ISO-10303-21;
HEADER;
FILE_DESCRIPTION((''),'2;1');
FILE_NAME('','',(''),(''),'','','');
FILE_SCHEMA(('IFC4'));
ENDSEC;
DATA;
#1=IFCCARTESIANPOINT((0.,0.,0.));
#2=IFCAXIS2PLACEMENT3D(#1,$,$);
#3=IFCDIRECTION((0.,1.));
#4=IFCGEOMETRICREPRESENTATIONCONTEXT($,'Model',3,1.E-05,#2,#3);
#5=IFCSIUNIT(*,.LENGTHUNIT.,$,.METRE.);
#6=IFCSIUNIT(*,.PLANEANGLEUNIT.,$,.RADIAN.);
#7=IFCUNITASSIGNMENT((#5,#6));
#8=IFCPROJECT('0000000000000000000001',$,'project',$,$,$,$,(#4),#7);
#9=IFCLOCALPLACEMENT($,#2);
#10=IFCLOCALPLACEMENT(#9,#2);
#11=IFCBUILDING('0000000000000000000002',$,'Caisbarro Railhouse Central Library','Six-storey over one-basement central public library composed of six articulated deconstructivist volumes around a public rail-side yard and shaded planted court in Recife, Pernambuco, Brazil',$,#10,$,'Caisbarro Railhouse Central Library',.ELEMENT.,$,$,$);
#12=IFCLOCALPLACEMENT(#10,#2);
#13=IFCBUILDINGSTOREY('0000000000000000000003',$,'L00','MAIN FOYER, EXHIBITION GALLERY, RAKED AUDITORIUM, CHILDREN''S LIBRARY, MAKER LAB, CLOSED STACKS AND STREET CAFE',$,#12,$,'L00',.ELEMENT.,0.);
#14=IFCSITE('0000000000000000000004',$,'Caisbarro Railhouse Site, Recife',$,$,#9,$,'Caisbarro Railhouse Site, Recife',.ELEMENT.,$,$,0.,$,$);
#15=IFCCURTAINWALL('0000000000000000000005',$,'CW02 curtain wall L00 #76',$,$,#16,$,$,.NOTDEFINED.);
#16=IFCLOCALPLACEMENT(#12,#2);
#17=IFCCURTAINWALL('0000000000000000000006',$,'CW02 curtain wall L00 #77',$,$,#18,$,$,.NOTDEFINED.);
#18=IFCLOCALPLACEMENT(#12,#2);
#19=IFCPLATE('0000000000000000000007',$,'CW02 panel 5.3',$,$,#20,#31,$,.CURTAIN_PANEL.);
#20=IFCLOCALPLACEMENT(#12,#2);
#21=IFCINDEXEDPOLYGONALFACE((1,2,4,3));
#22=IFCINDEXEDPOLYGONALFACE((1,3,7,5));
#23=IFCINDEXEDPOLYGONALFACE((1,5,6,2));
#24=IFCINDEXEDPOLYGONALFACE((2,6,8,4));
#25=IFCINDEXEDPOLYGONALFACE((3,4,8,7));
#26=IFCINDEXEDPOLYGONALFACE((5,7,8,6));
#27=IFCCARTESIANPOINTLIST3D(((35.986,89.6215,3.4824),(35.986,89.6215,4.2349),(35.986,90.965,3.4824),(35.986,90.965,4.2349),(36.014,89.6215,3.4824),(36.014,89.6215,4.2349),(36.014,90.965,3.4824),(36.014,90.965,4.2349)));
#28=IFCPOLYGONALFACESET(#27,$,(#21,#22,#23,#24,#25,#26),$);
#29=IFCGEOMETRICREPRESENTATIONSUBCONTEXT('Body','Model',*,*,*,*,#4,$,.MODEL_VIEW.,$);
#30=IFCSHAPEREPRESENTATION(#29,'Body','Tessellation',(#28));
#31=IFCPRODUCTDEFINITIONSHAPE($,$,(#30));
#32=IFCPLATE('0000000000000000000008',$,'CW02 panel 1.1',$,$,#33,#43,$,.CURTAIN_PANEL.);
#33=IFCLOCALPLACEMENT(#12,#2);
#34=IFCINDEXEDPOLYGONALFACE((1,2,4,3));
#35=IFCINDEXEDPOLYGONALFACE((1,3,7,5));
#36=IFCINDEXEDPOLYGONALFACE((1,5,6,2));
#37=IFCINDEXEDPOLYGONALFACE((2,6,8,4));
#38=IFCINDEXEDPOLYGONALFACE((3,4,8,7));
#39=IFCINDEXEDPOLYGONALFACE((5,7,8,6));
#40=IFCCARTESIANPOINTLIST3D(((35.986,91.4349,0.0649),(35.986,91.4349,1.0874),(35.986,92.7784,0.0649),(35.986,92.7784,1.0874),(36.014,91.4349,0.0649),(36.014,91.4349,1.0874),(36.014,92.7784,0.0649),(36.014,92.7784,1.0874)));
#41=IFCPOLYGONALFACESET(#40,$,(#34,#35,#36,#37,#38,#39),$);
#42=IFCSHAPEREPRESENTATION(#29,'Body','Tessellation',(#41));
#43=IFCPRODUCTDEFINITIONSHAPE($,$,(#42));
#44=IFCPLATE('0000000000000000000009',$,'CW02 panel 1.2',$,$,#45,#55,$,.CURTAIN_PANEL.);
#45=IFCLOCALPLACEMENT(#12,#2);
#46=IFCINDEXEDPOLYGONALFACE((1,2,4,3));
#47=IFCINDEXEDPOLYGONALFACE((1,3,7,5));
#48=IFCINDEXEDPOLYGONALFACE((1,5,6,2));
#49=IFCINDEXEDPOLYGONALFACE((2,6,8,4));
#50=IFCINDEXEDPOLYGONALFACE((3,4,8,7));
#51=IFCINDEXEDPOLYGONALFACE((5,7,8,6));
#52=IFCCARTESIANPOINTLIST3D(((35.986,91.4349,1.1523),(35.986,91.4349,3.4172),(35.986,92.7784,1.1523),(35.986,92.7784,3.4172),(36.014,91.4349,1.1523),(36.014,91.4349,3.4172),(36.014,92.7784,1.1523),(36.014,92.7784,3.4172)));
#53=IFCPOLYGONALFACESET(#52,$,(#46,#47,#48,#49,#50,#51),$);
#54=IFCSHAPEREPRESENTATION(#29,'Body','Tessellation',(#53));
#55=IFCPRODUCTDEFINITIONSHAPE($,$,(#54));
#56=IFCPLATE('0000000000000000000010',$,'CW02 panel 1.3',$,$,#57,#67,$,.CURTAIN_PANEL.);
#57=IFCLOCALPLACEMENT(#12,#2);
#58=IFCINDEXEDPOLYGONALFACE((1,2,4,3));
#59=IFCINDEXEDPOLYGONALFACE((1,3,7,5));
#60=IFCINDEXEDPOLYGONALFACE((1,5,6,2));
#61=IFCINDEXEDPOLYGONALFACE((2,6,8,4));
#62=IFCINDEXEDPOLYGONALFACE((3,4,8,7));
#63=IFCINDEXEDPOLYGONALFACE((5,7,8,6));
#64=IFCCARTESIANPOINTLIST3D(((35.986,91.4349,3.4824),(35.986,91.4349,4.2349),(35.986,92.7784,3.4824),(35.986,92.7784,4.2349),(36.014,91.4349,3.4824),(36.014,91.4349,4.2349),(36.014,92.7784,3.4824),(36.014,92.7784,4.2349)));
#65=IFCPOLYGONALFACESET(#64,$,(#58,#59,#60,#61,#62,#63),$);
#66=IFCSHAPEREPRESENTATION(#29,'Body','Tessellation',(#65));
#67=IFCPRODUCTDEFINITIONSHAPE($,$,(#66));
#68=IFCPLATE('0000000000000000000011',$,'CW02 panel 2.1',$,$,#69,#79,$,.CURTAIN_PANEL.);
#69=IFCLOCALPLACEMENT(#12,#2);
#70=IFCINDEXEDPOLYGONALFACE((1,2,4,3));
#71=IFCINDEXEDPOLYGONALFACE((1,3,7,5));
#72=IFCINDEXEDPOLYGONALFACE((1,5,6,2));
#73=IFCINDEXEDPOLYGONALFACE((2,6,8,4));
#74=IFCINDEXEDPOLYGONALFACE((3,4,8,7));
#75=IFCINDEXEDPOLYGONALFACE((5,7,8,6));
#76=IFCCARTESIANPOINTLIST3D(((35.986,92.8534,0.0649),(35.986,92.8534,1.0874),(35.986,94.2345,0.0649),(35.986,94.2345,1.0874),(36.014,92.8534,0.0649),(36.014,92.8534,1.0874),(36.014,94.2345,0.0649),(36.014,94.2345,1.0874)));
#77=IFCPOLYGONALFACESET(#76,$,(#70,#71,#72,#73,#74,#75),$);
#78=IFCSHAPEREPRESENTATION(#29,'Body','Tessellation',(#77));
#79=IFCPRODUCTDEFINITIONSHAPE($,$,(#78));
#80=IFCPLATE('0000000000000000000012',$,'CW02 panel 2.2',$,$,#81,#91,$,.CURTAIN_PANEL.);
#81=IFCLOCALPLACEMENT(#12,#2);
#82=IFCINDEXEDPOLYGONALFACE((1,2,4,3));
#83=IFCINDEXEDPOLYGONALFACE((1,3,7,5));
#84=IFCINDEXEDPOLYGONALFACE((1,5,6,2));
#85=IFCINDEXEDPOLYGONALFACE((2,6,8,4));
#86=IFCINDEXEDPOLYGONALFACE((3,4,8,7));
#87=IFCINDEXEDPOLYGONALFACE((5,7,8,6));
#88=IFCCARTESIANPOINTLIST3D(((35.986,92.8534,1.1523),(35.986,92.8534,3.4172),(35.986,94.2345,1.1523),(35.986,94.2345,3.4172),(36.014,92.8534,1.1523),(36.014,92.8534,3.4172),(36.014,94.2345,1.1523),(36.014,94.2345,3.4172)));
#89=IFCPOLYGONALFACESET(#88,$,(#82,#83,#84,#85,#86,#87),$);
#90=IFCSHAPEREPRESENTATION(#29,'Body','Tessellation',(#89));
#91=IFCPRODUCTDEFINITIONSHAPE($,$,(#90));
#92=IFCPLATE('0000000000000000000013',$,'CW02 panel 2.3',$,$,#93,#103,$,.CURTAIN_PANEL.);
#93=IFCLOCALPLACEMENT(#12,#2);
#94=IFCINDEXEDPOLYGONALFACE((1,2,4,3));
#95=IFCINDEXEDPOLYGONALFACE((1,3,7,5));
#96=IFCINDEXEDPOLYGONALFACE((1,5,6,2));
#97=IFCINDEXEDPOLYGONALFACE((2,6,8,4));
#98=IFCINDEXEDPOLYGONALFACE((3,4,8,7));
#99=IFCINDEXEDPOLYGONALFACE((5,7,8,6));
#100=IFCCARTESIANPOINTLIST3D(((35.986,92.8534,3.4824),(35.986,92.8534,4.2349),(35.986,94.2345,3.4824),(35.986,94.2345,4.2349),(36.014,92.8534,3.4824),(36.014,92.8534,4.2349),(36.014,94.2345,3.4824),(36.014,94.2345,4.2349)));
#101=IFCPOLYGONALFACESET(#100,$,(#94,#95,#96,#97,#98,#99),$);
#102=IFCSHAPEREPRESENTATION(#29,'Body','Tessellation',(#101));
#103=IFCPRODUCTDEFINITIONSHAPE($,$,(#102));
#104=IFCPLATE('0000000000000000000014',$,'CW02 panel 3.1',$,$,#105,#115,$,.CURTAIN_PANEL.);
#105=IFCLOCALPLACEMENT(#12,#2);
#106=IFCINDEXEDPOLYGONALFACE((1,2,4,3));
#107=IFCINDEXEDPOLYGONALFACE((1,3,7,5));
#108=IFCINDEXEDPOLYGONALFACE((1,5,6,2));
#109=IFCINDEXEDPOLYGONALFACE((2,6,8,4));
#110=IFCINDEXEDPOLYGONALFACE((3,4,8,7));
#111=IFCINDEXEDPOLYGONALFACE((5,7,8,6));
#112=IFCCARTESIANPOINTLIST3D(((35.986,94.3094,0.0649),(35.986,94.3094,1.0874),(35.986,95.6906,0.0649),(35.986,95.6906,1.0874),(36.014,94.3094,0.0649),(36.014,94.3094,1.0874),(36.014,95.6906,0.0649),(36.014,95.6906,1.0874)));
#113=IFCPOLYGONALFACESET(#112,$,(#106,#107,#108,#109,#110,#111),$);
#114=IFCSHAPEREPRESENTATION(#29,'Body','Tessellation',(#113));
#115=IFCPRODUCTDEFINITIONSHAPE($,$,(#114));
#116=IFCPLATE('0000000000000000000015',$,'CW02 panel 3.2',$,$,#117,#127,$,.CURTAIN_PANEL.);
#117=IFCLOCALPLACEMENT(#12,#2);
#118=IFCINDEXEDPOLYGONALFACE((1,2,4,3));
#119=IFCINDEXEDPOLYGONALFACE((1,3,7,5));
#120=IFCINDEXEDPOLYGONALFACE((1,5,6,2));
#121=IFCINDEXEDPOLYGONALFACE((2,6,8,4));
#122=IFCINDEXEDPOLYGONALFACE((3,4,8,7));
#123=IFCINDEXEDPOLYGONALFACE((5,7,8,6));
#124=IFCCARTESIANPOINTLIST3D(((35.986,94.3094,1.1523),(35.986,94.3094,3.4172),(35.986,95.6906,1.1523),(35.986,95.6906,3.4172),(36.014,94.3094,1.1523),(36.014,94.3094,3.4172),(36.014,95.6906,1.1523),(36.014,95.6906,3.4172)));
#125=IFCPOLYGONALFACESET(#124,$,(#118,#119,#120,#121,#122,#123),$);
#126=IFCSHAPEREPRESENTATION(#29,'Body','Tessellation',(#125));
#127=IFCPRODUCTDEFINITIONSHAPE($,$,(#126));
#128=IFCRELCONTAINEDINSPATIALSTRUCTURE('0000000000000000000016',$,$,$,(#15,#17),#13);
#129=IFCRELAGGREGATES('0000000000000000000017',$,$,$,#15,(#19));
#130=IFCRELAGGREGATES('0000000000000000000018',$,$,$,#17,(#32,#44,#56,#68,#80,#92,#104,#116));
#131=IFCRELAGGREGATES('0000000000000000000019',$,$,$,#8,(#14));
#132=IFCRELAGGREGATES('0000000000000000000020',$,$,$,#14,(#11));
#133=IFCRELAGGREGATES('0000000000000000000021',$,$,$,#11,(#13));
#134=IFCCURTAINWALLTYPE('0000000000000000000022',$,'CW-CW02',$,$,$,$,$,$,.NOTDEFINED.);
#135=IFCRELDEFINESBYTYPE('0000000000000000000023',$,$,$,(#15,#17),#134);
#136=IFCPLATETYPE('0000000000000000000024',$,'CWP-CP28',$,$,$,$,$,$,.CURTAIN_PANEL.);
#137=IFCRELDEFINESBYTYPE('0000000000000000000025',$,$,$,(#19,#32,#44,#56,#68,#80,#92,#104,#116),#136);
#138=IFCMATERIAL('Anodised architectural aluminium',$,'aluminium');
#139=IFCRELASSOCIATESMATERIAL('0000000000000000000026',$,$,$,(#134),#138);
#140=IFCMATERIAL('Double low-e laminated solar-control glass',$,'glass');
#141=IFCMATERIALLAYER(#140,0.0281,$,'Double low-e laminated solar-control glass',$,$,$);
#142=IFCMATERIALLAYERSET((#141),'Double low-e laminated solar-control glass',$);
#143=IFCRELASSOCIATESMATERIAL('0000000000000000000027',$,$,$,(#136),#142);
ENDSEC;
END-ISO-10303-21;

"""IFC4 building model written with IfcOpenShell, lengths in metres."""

from ifc_helpers import new_model, si_unit, direction, frame, origin, origin_2d, place, context, subcontext, project, spatial, rectangle, extrude, material, layer, layer_set, type_object, element, aggregate, save


model = new_model("IFC4")

# Units and contexts
model_context = context("Model", 3, precision=1e-05, world=origin(), true_north=direction((0.0, 1.0)))
body_context = subcontext(model_context, "Body", "Model", "MODEL_VIEW")
ifc_project = project(units=[si_unit("LENGTHUNIT", "METRE"), si_unit("PLANEANGLEUNIT", "RADIAN")], contexts=[model_context])

# Site, building, storey
site_placement = place(None, origin())
site = spatial("IfcSite", under=ifc_project, at=site_placement, Name="Caisbarro Railhouse Site, Recife", LongName="Caisbarro Railhouse Site, Recife", CompositionType="ELEMENT", RefElevation=0.0)
building_placement = place(site_placement, origin())
building = spatial("IfcBuilding", under=site, at=building_placement, Name="Caisbarro Railhouse Central Library", Description="Six-storey over one-basement central public library composed of six articulated deconstructivist volumes around a public rail-side yard and shaded planted court in Recife, Pernambuco, Brazil", LongName="Caisbarro Railhouse Central Library", CompositionType="ELEMENT")
storey_placement = place(building_placement, origin())
storey = spatial("IfcBuildingStorey", under=building, at=storey_placement, Name="L00", Description="MAIN FOYER, EXHIBITION GALLERY, RAKED AUDITORIUM, CHILDREN'S LIBRARY, MAKER LAB, CLOSED STACKS AND STREET CAFE", LongName="L00", CompositionType="ELEMENT", Elevation=0.0)

# Curtain wall
ifc_material_1 = material(Name="Anodised architectural aluminium", Category="aluminium")
curtain_wall_type = type_object("IfcCurtainWallType", Name="CW-CW02", PredefinedType="NOTDEFINED", material=ifc_material_1)
curtain_wall_1_placement = place(storey_placement, origin())
curtain_wall_1 = element("IfcCurtainWall", 1, at=curtain_wall_1_placement, inside=storey, type_object=curtain_wall_type, Name="CW02 curtain wall L00 #76", PredefinedType="NOTDEFINED")

# Curtain wall
curtain_wall_2_placement = place(storey_placement, origin())
curtain_wall_2 = element("IfcCurtainWall", 2, at=curtain_wall_2_placement, inside=storey, type_object=curtain_wall_type, Name="CW02 curtain wall L00 #77", PredefinedType="NOTDEFINED")

# Plates
ifc_material_2 = material(Name="Double low-e laminated solar-control glass", Category="glass")
ifc_layer = layer(ifc_material_2, 0.0281, Name="Double low-e laminated solar-control glass")
ifc_layer_set = layer_set([ifc_layer], Name="Double low-e laminated solar-control glass")
plate_type = type_object("IfcPlateType", Name="CWP-CP28", PredefinedType="CURTAIN_PANEL", material=ifc_layer_set)
plate_1_placement = place(storey_placement, frame((36.0, 90.2932, 3.4824), z_axis=(0.0, 0.0, 1.0), x_axis=(0.0, 1.0, 0.0)))
plate_1 = element("IfcPlate", 3, at=plate_1_placement, type_object=plate_type, Name="CW02 panel 5.3", PredefinedType="CURTAIN_PANEL", context=body_context, shape_type="SweptSolid", body=[
    extrude(rectangle(XDim=1.3435, YDim=0.0281, at=origin_2d()), origin(), (0.0, 0.0, 1.0), 0.7524),
])
aggregate(curtain_wall_1, [plate_1])
plate_2_placement = place(storey_placement, frame((36.0, 92.1067, 0.0649), z_axis=(0.0, 0.0, 1.0), x_axis=(0.0, 1.0, 0.0)))
plate_2 = element("IfcPlate", 4, at=plate_2_placement, type_object=plate_type, Name="CW02 panel 1.1", PredefinedType="CURTAIN_PANEL", context=body_context, shape_type="SweptSolid", body=[
    extrude(rectangle(XDim=1.3435, YDim=0.0281, at=origin_2d()), origin(), (0.0, 0.0, 1.0), 1.0225),
])
plate_3_placement = place(storey_placement, frame((36.0, 92.1067, 1.1523), z_axis=(0.0, 0.0, 1.0), x_axis=(0.0, 1.0, 0.0)))
plate_3 = element("IfcPlate", 5, at=plate_3_placement, type_object=plate_type, Name="CW02 panel 1.2", PredefinedType="CURTAIN_PANEL", context=body_context, shape_type="SweptSolid", body=[
    extrude(rectangle(XDim=1.3435, YDim=0.0281, at=origin_2d()), origin(), (0.0, 0.0, 1.0), 2.2649),
])
plate_4_placement = place(storey_placement, frame((36.0, 92.1067, 3.4824), z_axis=(0.0, 0.0, 1.0), x_axis=(0.0, 1.0, 0.0)))
plate_4 = element("IfcPlate", 6, at=plate_4_placement, type_object=plate_type, Name="CW02 panel 1.3", PredefinedType="CURTAIN_PANEL", context=body_context, shape_type="SweptSolid", body=[
    extrude(rectangle(XDim=1.3435, YDim=0.0281, at=origin_2d()), origin(), (0.0, 0.0, 1.0), 0.7524),
])
plate_5_placement = place(storey_placement, frame((36.0, 93.5439, 0.0649), z_axis=(0.0, 0.0, 1.0), x_axis=(0.0, 1.0, 0.0)))
plate_5 = element("IfcPlate", 7, at=plate_5_placement, type_object=plate_type, Name="CW02 panel 2.1", PredefinedType="CURTAIN_PANEL", context=body_context, shape_type="SweptSolid", body=[
    extrude(rectangle(XDim=1.3811, YDim=0.0281, at=origin_2d()), origin(), (0.0, 0.0, 1.0), 1.0225),
])
plate_6_placement = place(storey_placement, frame((36.0, 93.5439, 1.1523), z_axis=(0.0, 0.0, 1.0), x_axis=(0.0, 1.0, 0.0)))
plate_6 = element("IfcPlate", 8, at=plate_6_placement, type_object=plate_type, Name="CW02 panel 2.2", PredefinedType="CURTAIN_PANEL", context=body_context, shape_type="SweptSolid", body=[
    extrude(rectangle(XDim=1.3811, YDim=0.0281, at=origin_2d()), origin(), (0.0, 0.0, 1.0), 2.2649),
])
plate_7_placement = place(storey_placement, frame((36.0, 93.5439, 3.4824), z_axis=(0.0, 0.0, 1.0), x_axis=(0.0, 1.0, 0.0)))
plate_7 = element("IfcPlate", 9, at=plate_7_placement, type_object=plate_type, Name="CW02 panel 2.3", PredefinedType="CURTAIN_PANEL", context=body_context, shape_type="SweptSolid", body=[
    extrude(rectangle(XDim=1.3811, YDim=0.0281, at=origin_2d()), origin(), (0.0, 0.0, 1.0), 0.7524),
])
plate_8_placement = place(storey_placement, frame((36.0, 95.0, 0.0649), z_axis=(0.0, 0.0, 1.0), x_axis=(0.0, 1.0, 0.0)))
plate_8 = element("IfcPlate", 10, at=plate_8_placement, type_object=plate_type, Name="CW02 panel 3.1", PredefinedType="CURTAIN_PANEL", context=body_context, shape_type="SweptSolid", body=[
    extrude(rectangle(XDim=1.3811, YDim=0.0281, at=origin_2d()), origin(), (0.0, 0.0, 1.0), 1.0225),
])
plate_9_placement = place(storey_placement, frame((36.0, 95.0, 1.1523), z_axis=(0.0, 0.0, 1.0), x_axis=(0.0, 1.0, 0.0)))
plate_9 = element("IfcPlate", 11, at=plate_9_placement, type_object=plate_type, Name="CW02 panel 3.2", PredefinedType="CURTAIN_PANEL", context=body_context, shape_type="SweptSolid", body=[
    extrude(rectangle(XDim=1.3811, YDim=0.0281, at=origin_2d()), origin(), (0.0, 0.0, 1.0), 2.2649),
])
aggregate(curtain_wall_2, [plate_2, plate_3, plate_4, plate_5, plate_6, plate_7, plate_8, plate_9])

save(model, "model.ifc")
